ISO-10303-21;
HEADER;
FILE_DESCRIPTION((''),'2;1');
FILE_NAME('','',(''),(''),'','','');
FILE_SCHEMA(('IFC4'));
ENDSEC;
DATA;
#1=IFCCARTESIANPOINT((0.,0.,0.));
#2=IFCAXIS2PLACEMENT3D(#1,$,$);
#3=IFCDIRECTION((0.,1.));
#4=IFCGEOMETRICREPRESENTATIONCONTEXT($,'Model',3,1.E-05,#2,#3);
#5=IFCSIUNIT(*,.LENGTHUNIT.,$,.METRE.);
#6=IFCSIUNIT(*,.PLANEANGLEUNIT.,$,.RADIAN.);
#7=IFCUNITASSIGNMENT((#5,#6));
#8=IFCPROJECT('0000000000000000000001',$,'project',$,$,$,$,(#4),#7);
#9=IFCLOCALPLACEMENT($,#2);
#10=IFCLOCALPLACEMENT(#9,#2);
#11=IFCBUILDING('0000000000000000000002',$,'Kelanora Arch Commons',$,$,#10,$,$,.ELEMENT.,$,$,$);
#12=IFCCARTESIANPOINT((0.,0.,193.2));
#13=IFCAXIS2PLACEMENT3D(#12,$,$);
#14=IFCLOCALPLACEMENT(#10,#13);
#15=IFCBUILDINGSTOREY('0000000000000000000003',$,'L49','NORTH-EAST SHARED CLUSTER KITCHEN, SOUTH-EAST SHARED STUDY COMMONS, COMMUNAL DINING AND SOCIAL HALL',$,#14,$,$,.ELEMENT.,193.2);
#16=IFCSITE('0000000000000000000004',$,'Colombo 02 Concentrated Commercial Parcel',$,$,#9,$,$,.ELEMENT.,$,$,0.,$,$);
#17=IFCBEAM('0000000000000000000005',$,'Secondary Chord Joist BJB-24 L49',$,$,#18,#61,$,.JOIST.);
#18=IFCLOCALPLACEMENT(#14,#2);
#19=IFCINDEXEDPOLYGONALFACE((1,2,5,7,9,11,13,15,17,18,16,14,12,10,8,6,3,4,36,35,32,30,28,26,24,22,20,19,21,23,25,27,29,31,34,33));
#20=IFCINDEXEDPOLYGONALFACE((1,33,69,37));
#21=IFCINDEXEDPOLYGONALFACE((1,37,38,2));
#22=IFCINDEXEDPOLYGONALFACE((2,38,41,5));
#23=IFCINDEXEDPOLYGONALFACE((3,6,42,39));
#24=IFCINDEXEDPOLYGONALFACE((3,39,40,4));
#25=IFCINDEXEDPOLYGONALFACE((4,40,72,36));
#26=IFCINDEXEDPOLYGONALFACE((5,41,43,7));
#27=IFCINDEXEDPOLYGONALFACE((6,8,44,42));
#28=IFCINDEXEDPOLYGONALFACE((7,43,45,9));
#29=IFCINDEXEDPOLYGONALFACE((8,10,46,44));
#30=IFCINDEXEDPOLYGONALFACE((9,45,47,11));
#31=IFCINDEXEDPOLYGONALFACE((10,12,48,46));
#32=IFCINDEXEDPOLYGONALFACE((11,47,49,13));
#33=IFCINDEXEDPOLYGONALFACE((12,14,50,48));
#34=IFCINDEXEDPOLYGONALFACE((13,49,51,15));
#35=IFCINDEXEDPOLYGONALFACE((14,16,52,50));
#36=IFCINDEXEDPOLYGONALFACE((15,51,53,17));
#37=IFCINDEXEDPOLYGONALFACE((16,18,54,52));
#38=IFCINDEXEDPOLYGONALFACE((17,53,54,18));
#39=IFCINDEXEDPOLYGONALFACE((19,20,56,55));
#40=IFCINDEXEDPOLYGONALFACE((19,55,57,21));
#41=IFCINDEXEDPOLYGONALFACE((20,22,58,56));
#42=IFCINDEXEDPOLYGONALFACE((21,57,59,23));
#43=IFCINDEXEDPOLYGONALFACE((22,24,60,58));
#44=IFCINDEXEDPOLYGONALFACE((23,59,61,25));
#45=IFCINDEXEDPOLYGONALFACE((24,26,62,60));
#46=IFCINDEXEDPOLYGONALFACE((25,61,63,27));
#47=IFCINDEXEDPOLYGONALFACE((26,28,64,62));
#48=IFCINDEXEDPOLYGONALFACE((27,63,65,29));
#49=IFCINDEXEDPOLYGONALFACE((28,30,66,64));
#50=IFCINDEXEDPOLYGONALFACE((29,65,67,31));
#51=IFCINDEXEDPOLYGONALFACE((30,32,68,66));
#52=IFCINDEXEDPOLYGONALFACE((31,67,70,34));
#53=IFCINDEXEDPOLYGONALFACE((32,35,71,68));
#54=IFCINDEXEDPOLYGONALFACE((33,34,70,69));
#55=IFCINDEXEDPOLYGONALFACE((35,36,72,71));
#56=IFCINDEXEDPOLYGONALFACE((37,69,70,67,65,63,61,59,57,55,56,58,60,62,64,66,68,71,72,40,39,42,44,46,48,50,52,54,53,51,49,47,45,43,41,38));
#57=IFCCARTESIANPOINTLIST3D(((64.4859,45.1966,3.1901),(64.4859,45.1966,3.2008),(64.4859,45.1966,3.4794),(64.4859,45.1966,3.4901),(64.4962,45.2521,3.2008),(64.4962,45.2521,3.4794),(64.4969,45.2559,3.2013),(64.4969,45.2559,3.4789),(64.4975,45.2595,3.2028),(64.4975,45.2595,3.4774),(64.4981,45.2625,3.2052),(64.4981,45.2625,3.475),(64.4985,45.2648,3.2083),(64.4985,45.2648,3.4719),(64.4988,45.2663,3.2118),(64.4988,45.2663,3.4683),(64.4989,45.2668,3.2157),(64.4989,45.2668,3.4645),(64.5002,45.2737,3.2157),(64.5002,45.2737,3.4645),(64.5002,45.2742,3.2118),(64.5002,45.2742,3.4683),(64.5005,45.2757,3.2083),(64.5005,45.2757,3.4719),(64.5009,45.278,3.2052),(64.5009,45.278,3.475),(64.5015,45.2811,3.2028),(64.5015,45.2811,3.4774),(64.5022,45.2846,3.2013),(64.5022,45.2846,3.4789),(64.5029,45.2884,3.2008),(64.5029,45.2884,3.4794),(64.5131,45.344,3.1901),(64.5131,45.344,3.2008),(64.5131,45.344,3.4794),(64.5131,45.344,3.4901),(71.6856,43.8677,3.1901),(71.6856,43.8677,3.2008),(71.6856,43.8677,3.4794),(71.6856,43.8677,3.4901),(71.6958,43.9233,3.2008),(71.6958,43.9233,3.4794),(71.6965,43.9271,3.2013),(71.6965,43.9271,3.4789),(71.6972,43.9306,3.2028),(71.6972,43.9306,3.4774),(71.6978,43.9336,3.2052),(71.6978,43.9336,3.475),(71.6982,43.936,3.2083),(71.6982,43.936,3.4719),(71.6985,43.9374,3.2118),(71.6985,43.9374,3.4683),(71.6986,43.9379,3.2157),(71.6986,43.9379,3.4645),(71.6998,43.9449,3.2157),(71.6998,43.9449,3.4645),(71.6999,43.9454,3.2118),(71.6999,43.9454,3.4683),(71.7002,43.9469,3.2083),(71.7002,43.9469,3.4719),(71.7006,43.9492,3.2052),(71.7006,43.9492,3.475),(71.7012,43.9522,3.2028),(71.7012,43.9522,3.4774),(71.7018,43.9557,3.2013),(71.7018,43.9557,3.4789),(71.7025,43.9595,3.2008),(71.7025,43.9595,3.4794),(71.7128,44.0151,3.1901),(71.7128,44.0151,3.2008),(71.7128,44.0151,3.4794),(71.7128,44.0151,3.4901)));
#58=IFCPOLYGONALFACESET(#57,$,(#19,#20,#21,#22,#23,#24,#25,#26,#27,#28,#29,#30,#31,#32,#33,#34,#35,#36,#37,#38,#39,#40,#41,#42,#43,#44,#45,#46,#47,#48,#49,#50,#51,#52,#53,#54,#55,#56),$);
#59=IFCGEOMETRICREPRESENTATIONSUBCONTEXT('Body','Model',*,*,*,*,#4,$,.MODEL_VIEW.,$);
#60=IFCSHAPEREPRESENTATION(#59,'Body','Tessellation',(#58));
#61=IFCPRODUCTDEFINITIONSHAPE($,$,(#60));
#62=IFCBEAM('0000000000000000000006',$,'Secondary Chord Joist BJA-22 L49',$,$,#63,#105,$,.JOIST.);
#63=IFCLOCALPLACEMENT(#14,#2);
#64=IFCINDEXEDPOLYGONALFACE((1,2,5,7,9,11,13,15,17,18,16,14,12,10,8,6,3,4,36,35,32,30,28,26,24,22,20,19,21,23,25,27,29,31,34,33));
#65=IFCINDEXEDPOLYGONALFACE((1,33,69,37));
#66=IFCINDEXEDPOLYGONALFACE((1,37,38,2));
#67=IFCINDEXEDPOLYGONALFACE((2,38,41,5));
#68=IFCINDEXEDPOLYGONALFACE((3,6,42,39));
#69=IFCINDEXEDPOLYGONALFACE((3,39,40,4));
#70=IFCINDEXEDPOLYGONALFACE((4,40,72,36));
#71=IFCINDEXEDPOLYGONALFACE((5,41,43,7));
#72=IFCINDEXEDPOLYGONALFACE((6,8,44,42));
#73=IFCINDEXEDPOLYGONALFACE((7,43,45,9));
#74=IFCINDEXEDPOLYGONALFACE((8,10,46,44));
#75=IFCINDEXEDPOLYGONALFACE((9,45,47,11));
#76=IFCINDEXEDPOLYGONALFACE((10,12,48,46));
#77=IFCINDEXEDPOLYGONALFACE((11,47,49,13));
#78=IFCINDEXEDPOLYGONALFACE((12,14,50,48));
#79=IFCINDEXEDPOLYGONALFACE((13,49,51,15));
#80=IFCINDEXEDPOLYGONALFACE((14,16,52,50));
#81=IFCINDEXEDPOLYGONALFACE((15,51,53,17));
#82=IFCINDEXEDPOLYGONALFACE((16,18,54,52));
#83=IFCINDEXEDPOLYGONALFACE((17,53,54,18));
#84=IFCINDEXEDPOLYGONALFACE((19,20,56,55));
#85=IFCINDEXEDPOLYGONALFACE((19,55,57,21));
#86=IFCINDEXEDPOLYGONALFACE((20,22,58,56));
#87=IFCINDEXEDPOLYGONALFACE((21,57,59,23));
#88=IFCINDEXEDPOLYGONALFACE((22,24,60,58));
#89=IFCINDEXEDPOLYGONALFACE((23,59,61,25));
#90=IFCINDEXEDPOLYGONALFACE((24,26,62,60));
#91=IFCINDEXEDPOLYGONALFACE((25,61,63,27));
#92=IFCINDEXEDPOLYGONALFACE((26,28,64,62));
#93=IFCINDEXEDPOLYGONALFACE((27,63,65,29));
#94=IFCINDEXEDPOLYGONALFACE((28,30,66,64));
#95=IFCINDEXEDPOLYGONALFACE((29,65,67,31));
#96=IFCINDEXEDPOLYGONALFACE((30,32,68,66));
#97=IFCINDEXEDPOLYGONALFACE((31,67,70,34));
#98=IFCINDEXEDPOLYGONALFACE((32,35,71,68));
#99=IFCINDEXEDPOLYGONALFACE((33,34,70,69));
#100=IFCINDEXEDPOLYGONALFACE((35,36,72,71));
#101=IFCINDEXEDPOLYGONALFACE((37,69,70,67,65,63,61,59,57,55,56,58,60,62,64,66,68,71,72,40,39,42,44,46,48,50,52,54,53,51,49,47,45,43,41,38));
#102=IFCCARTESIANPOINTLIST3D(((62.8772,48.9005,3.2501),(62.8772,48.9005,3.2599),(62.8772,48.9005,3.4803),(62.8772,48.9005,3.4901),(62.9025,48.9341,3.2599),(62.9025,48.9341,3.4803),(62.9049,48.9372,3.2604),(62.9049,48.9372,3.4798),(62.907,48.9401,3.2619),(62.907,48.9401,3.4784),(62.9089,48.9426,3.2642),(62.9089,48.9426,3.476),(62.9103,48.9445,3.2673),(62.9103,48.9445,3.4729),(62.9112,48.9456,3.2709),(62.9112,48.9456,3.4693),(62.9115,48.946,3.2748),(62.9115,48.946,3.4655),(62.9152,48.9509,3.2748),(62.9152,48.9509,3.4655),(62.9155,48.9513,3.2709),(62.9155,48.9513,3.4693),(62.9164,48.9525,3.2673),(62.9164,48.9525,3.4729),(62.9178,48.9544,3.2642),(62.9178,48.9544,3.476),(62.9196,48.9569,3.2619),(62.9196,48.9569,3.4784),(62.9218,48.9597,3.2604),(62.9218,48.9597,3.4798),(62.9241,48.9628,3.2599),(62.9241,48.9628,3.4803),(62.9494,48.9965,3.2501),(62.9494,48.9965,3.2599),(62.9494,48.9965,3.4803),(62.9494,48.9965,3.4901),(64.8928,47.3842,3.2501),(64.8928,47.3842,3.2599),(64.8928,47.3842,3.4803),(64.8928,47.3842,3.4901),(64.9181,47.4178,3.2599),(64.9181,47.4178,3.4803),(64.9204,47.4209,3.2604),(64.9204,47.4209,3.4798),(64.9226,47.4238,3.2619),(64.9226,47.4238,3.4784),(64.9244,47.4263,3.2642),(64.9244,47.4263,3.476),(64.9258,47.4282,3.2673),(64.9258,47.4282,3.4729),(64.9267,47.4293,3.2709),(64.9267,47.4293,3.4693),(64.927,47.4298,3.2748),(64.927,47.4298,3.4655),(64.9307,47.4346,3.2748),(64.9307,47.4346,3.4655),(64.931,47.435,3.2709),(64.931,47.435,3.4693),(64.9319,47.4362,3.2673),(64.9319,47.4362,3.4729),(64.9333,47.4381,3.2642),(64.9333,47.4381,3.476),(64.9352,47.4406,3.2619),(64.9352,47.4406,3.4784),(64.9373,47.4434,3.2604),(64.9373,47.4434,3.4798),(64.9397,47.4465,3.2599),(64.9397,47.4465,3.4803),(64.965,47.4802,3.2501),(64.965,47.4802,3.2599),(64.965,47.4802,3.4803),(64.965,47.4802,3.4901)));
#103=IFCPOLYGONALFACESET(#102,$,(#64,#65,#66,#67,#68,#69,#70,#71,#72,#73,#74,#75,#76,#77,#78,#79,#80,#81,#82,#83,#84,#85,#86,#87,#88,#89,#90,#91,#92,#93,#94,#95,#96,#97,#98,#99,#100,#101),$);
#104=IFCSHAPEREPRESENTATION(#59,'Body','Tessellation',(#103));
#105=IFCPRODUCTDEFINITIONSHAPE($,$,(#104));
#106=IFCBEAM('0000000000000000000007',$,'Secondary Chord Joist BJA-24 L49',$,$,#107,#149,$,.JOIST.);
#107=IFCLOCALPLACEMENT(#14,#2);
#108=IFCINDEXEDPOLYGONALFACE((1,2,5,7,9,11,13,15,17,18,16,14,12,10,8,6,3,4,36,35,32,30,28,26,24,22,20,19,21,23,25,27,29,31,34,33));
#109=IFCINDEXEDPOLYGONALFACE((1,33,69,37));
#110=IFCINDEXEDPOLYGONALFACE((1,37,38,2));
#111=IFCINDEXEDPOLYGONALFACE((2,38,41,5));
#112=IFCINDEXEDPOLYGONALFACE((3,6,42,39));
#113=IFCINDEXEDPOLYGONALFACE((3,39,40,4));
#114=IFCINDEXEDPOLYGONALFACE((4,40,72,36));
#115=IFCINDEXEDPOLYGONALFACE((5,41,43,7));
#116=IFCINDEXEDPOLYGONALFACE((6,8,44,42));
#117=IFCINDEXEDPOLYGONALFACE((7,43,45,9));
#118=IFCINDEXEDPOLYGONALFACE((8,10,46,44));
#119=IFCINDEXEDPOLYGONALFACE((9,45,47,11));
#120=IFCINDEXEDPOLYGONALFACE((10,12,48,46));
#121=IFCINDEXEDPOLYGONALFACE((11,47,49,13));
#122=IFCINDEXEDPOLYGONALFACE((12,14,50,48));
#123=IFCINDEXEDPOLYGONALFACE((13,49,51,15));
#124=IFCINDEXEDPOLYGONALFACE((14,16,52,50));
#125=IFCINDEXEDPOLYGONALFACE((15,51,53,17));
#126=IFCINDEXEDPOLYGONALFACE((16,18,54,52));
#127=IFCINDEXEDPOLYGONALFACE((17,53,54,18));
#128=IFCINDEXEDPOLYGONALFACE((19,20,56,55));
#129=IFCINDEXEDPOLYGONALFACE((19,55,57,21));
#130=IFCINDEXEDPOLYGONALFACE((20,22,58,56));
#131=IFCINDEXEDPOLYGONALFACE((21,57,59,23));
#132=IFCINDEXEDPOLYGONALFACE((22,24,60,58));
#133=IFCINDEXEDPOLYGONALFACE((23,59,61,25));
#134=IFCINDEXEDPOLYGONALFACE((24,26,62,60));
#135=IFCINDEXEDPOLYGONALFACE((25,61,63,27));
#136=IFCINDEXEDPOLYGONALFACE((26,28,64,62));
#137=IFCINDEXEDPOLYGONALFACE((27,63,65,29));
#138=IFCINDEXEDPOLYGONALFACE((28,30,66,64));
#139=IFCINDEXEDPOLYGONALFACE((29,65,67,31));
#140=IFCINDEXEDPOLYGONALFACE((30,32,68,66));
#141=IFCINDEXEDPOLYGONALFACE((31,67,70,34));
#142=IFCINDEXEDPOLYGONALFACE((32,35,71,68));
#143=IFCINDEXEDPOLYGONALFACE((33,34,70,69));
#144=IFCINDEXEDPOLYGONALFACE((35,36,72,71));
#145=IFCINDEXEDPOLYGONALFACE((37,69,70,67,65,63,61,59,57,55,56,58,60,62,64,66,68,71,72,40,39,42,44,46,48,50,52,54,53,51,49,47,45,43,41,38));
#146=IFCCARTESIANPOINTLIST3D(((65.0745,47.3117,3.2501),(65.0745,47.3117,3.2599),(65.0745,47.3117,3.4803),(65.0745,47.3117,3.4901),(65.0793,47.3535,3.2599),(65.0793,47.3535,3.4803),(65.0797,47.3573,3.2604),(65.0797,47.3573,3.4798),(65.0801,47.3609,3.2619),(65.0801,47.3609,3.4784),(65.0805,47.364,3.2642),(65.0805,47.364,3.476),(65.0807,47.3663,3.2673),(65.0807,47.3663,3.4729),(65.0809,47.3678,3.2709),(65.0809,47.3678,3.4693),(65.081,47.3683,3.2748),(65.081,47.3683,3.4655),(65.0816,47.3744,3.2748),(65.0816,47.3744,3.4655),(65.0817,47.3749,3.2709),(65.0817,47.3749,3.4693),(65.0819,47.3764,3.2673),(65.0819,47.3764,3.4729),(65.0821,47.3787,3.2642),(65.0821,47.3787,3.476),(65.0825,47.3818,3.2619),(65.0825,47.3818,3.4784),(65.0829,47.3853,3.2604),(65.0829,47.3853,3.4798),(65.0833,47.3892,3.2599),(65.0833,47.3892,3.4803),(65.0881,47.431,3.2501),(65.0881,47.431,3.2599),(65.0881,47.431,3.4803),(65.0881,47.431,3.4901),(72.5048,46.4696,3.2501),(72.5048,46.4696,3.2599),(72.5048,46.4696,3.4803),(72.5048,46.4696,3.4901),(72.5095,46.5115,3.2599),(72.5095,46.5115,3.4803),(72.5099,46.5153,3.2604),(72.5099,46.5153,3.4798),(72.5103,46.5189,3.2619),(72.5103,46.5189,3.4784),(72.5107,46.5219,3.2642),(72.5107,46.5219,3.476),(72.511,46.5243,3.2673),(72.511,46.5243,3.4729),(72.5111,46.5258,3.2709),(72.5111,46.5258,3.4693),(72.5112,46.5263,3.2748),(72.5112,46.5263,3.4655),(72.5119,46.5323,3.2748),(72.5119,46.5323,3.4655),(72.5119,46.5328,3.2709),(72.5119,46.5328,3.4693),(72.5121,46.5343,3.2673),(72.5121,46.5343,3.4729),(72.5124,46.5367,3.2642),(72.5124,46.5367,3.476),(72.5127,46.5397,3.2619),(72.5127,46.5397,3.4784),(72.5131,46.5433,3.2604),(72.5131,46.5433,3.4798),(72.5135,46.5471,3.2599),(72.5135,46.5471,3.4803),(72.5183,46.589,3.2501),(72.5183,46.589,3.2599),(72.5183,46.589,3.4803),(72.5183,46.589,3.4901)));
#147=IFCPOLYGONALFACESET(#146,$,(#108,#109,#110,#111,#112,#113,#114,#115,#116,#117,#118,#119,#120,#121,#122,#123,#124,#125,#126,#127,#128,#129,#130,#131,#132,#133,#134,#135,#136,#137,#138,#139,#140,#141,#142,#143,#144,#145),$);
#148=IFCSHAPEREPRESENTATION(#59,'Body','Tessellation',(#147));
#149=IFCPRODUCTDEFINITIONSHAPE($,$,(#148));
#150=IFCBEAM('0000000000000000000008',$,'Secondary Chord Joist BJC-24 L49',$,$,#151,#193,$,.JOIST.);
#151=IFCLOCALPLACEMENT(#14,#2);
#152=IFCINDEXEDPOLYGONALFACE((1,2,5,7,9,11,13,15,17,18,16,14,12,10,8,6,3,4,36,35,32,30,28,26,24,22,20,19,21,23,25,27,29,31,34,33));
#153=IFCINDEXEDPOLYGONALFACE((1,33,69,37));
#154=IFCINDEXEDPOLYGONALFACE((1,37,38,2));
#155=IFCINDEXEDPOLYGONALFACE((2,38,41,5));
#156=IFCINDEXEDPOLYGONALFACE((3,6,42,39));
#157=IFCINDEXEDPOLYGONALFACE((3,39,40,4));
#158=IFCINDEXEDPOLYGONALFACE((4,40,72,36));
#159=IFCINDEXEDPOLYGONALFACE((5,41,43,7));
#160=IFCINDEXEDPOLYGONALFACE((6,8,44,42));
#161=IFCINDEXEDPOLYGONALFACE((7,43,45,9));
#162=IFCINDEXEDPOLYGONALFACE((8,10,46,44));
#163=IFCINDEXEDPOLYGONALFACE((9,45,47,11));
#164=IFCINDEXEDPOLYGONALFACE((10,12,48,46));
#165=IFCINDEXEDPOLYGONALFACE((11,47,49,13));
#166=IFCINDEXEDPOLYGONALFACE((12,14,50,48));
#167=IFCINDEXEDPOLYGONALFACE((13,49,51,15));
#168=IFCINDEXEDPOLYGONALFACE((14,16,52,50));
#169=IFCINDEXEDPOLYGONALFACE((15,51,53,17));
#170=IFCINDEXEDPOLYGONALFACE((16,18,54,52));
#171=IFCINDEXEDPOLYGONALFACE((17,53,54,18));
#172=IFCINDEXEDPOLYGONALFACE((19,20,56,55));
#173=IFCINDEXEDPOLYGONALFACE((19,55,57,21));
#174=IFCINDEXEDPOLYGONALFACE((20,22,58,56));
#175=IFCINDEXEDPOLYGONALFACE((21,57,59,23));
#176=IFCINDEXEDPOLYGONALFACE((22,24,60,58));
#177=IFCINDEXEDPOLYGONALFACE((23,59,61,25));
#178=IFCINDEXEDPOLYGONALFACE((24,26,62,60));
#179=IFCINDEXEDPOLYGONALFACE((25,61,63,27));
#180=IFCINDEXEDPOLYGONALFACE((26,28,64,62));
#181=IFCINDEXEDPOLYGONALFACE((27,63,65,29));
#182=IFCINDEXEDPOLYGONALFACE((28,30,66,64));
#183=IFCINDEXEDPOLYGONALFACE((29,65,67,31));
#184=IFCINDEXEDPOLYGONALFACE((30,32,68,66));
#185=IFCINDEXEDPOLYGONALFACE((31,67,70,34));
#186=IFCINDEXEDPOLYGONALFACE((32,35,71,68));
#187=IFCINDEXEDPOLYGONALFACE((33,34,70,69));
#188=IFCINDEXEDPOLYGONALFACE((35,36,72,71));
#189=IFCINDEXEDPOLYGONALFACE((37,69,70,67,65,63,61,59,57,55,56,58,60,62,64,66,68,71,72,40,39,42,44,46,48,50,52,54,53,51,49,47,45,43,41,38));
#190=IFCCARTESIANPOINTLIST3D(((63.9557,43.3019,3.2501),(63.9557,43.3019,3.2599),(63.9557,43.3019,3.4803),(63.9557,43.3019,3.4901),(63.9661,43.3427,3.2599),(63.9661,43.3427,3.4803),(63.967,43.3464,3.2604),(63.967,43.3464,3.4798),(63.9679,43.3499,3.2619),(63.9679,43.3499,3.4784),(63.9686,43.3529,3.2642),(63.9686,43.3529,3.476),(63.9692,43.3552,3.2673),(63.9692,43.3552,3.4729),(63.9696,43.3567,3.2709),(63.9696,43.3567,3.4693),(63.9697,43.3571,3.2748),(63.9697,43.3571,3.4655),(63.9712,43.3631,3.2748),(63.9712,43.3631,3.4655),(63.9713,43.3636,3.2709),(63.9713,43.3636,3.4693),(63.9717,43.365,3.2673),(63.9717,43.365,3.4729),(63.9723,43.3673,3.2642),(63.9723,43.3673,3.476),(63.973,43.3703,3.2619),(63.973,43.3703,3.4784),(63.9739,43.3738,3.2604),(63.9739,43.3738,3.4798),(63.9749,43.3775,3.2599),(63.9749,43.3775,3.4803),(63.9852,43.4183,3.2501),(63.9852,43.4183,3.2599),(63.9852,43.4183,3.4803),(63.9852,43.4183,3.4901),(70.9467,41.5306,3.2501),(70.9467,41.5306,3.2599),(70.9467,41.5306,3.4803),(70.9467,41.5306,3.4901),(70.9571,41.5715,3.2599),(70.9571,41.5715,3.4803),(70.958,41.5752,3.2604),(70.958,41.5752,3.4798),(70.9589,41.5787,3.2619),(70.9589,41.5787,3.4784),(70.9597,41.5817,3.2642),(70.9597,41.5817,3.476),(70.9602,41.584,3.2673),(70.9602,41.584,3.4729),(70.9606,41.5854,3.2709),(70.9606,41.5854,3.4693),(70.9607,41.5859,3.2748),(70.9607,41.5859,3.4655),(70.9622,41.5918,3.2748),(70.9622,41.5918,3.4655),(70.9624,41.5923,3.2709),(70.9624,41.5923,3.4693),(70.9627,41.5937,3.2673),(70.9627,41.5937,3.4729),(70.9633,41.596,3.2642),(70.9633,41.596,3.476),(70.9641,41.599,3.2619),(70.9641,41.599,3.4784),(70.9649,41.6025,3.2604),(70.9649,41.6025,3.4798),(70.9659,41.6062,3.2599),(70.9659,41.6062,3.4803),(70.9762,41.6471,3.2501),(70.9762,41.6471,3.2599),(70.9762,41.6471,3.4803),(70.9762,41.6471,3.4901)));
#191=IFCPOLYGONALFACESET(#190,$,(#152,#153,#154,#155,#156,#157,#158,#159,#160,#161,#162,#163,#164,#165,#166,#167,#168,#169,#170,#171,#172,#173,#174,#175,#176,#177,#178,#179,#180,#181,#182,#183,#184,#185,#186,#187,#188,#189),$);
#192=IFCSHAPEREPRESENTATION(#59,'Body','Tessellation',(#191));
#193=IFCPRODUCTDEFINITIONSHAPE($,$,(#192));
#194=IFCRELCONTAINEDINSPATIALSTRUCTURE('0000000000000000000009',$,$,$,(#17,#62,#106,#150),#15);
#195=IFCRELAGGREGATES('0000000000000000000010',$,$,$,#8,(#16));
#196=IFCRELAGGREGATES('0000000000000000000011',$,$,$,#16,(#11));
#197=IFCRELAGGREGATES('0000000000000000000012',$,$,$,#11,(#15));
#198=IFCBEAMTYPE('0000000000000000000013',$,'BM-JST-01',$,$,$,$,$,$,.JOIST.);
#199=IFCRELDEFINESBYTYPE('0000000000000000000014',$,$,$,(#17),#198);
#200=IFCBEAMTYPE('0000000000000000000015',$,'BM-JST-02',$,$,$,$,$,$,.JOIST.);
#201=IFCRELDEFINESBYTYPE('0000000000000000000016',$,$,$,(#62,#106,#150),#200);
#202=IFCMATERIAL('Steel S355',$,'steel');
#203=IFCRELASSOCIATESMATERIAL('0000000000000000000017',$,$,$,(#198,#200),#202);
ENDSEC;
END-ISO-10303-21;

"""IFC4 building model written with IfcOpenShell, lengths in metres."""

from ifc_helpers import new_model, si_unit, direction, frame, origin, origin_2d, place, context, subcontext, project, spatial, i_section, extrude, material, material_profile, profile_set, type_object, element, save


model = new_model("IFC4")

# Units and contexts
model_context = context("Model", 3, precision=1e-05, world=origin(), true_north=direction((0.0, 1.0)))
body_context = subcontext(model_context, "Body", "Model", "MODEL_VIEW")
ifc_project = project(units=[si_unit("LENGTHUNIT", "METRE"), si_unit("PLANEANGLEUNIT", "RADIAN")], contexts=[model_context])

# Site, building, storey
site_placement = place(None, origin())
site = spatial("IfcSite", under=ifc_project, at=site_placement, Name="Colombo 02 Concentrated Commercial Parcel", CompositionType="ELEMENT", RefElevation=0.0)
building_placement = place(site_placement, origin())
building = spatial("IfcBuilding", under=site, at=building_placement, Name="Kelanora Arch Commons", CompositionType="ELEMENT")
storey_placement = place(building_placement, frame((0.0, 0.0, 193.2)))
storey = spatial("IfcBuildingStorey", under=building, at=storey_placement, Name="L49", Description="NORTH-EAST SHARED CLUSTER KITCHEN, SOUTH-EAST SHARED STUDY COMMONS, COMMUNAL DINING AND SOCIAL HALL", CompositionType="ELEMENT", Elevation=193.2)

# Beams
ifc_material_1 = material(Name="Steel S355", Category="steel")
ifc_material_profile_1 = material_profile(ifc_material_1, i_section(OverallWidth=0.1499, OverallDepth=0.3, WebThickness=0.0071, FlangeThickness=0.0107, FilletRadius=0.0149, at=origin_2d()), Name="IPE300")
ifc_profile_set_1 = profile_set([ifc_material_profile_1], Name="Steel S355")
beam_type_1 = type_object("IfcBeamType", Name="BM-JST-01", PredefinedType="JOIST", material=ifc_profile_set_1)
beam_1_placement = place(storey_placement, frame((64.4995, 45.2703, 3.3401), z_axis=(0.98339, -0.181505, 0.0), x_axis=(0.181505, 0.98339, 0.0)))
element("IfcBeam", 1, at=beam_1_placement, inside=storey, type_object=beam_type_1, Name="Secondary Chord Joist BJB-24 L49", PredefinedType="JOIST", context=body_context, shape_type="SweptSolid", body=[
    extrude(i_section(OverallWidth=0.1499, OverallDepth=0.3, WebThickness=0.0071, FlangeThickness=0.0107, FilletRadius=0.0149, at=origin_2d()), origin(), (0.0, 0.0, 1.0), 7.3213),
])
ifc_material_profile_2 = material_profile(ifc_material_1, i_section(OverallWidth=0.1201, OverallDepth=0.24, WebThickness=0.0061, FlangeThickness=0.0098, FilletRadius=0.0149, at=origin_2d()), Name="IPE240")
ifc_profile_set_2 = profile_set([ifc_material_profile_2], Name="Steel S355")
beam_type_2 = type_object("IfcBeamType", Name="BM-JST-02", PredefinedType="JOIST", material=ifc_profile_set_2)
beam_2_placement = place(storey_placement, frame((62.9133, 48.9485, 3.3701), z_axis=(0.799116, -0.601176, 0.0), x_axis=(0.601176, 0.799116, 0.0)))
element("IfcBeam", 2, at=beam_2_placement, inside=storey, type_object=beam_type_2, Name="Secondary Chord Joist BJA-22 L49", PredefinedType="JOIST", context=body_context, shape_type="SweptSolid", body=[
    extrude(i_section(OverallWidth=0.1201, OverallDepth=0.24, WebThickness=0.0061, FlangeThickness=0.0098, FilletRadius=0.0149, at=origin_2d()), origin(), (0.0, 0.0, 1.0), 2.5222),
])
beam_3_placement = place(storey_placement, frame((65.0813, 47.3713, 3.3701), z_axis=(0.99364, -0.112606, 0.0), x_axis=(0.112606, 0.99364, 0.0)))
element("IfcBeam", 3, at=beam_3_placement, inside=storey, type_object=beam_type_2, Name="Secondary Chord Joist BJA-24 L49", PredefinedType="JOIST", context=body_context, shape_type="SweptSolid", body=[
    extrude(i_section(OverallWidth=0.1201, OverallDepth=0.24, WebThickness=0.0061, FlangeThickness=0.0098, FilletRadius=0.0149, at=origin_2d()), origin(), (0.0, 0.0, 1.0), 7.4778),
])
beam_4_placement = place(storey_placement, frame((63.9705, 43.3601, 3.3701), z_axis=(0.969371, -0.245601, 0.0), x_axis=(0.245601, 0.969371, 0.0)))
element("IfcBeam", 4, at=beam_4_placement, inside=storey, type_object=beam_type_2, Name="Secondary Chord Joist BJC-24 L49", PredefinedType="JOIST", context=body_context, shape_type="SweptSolid", body=[
    extrude(i_section(OverallWidth=0.1201, OverallDepth=0.24, WebThickness=0.0061, FlangeThickness=0.0098, FilletRadius=0.0149, at=origin_2d()), origin(), (0.0, 0.0, 1.0), 7.2119),
])

save(model, "model.ifc")
